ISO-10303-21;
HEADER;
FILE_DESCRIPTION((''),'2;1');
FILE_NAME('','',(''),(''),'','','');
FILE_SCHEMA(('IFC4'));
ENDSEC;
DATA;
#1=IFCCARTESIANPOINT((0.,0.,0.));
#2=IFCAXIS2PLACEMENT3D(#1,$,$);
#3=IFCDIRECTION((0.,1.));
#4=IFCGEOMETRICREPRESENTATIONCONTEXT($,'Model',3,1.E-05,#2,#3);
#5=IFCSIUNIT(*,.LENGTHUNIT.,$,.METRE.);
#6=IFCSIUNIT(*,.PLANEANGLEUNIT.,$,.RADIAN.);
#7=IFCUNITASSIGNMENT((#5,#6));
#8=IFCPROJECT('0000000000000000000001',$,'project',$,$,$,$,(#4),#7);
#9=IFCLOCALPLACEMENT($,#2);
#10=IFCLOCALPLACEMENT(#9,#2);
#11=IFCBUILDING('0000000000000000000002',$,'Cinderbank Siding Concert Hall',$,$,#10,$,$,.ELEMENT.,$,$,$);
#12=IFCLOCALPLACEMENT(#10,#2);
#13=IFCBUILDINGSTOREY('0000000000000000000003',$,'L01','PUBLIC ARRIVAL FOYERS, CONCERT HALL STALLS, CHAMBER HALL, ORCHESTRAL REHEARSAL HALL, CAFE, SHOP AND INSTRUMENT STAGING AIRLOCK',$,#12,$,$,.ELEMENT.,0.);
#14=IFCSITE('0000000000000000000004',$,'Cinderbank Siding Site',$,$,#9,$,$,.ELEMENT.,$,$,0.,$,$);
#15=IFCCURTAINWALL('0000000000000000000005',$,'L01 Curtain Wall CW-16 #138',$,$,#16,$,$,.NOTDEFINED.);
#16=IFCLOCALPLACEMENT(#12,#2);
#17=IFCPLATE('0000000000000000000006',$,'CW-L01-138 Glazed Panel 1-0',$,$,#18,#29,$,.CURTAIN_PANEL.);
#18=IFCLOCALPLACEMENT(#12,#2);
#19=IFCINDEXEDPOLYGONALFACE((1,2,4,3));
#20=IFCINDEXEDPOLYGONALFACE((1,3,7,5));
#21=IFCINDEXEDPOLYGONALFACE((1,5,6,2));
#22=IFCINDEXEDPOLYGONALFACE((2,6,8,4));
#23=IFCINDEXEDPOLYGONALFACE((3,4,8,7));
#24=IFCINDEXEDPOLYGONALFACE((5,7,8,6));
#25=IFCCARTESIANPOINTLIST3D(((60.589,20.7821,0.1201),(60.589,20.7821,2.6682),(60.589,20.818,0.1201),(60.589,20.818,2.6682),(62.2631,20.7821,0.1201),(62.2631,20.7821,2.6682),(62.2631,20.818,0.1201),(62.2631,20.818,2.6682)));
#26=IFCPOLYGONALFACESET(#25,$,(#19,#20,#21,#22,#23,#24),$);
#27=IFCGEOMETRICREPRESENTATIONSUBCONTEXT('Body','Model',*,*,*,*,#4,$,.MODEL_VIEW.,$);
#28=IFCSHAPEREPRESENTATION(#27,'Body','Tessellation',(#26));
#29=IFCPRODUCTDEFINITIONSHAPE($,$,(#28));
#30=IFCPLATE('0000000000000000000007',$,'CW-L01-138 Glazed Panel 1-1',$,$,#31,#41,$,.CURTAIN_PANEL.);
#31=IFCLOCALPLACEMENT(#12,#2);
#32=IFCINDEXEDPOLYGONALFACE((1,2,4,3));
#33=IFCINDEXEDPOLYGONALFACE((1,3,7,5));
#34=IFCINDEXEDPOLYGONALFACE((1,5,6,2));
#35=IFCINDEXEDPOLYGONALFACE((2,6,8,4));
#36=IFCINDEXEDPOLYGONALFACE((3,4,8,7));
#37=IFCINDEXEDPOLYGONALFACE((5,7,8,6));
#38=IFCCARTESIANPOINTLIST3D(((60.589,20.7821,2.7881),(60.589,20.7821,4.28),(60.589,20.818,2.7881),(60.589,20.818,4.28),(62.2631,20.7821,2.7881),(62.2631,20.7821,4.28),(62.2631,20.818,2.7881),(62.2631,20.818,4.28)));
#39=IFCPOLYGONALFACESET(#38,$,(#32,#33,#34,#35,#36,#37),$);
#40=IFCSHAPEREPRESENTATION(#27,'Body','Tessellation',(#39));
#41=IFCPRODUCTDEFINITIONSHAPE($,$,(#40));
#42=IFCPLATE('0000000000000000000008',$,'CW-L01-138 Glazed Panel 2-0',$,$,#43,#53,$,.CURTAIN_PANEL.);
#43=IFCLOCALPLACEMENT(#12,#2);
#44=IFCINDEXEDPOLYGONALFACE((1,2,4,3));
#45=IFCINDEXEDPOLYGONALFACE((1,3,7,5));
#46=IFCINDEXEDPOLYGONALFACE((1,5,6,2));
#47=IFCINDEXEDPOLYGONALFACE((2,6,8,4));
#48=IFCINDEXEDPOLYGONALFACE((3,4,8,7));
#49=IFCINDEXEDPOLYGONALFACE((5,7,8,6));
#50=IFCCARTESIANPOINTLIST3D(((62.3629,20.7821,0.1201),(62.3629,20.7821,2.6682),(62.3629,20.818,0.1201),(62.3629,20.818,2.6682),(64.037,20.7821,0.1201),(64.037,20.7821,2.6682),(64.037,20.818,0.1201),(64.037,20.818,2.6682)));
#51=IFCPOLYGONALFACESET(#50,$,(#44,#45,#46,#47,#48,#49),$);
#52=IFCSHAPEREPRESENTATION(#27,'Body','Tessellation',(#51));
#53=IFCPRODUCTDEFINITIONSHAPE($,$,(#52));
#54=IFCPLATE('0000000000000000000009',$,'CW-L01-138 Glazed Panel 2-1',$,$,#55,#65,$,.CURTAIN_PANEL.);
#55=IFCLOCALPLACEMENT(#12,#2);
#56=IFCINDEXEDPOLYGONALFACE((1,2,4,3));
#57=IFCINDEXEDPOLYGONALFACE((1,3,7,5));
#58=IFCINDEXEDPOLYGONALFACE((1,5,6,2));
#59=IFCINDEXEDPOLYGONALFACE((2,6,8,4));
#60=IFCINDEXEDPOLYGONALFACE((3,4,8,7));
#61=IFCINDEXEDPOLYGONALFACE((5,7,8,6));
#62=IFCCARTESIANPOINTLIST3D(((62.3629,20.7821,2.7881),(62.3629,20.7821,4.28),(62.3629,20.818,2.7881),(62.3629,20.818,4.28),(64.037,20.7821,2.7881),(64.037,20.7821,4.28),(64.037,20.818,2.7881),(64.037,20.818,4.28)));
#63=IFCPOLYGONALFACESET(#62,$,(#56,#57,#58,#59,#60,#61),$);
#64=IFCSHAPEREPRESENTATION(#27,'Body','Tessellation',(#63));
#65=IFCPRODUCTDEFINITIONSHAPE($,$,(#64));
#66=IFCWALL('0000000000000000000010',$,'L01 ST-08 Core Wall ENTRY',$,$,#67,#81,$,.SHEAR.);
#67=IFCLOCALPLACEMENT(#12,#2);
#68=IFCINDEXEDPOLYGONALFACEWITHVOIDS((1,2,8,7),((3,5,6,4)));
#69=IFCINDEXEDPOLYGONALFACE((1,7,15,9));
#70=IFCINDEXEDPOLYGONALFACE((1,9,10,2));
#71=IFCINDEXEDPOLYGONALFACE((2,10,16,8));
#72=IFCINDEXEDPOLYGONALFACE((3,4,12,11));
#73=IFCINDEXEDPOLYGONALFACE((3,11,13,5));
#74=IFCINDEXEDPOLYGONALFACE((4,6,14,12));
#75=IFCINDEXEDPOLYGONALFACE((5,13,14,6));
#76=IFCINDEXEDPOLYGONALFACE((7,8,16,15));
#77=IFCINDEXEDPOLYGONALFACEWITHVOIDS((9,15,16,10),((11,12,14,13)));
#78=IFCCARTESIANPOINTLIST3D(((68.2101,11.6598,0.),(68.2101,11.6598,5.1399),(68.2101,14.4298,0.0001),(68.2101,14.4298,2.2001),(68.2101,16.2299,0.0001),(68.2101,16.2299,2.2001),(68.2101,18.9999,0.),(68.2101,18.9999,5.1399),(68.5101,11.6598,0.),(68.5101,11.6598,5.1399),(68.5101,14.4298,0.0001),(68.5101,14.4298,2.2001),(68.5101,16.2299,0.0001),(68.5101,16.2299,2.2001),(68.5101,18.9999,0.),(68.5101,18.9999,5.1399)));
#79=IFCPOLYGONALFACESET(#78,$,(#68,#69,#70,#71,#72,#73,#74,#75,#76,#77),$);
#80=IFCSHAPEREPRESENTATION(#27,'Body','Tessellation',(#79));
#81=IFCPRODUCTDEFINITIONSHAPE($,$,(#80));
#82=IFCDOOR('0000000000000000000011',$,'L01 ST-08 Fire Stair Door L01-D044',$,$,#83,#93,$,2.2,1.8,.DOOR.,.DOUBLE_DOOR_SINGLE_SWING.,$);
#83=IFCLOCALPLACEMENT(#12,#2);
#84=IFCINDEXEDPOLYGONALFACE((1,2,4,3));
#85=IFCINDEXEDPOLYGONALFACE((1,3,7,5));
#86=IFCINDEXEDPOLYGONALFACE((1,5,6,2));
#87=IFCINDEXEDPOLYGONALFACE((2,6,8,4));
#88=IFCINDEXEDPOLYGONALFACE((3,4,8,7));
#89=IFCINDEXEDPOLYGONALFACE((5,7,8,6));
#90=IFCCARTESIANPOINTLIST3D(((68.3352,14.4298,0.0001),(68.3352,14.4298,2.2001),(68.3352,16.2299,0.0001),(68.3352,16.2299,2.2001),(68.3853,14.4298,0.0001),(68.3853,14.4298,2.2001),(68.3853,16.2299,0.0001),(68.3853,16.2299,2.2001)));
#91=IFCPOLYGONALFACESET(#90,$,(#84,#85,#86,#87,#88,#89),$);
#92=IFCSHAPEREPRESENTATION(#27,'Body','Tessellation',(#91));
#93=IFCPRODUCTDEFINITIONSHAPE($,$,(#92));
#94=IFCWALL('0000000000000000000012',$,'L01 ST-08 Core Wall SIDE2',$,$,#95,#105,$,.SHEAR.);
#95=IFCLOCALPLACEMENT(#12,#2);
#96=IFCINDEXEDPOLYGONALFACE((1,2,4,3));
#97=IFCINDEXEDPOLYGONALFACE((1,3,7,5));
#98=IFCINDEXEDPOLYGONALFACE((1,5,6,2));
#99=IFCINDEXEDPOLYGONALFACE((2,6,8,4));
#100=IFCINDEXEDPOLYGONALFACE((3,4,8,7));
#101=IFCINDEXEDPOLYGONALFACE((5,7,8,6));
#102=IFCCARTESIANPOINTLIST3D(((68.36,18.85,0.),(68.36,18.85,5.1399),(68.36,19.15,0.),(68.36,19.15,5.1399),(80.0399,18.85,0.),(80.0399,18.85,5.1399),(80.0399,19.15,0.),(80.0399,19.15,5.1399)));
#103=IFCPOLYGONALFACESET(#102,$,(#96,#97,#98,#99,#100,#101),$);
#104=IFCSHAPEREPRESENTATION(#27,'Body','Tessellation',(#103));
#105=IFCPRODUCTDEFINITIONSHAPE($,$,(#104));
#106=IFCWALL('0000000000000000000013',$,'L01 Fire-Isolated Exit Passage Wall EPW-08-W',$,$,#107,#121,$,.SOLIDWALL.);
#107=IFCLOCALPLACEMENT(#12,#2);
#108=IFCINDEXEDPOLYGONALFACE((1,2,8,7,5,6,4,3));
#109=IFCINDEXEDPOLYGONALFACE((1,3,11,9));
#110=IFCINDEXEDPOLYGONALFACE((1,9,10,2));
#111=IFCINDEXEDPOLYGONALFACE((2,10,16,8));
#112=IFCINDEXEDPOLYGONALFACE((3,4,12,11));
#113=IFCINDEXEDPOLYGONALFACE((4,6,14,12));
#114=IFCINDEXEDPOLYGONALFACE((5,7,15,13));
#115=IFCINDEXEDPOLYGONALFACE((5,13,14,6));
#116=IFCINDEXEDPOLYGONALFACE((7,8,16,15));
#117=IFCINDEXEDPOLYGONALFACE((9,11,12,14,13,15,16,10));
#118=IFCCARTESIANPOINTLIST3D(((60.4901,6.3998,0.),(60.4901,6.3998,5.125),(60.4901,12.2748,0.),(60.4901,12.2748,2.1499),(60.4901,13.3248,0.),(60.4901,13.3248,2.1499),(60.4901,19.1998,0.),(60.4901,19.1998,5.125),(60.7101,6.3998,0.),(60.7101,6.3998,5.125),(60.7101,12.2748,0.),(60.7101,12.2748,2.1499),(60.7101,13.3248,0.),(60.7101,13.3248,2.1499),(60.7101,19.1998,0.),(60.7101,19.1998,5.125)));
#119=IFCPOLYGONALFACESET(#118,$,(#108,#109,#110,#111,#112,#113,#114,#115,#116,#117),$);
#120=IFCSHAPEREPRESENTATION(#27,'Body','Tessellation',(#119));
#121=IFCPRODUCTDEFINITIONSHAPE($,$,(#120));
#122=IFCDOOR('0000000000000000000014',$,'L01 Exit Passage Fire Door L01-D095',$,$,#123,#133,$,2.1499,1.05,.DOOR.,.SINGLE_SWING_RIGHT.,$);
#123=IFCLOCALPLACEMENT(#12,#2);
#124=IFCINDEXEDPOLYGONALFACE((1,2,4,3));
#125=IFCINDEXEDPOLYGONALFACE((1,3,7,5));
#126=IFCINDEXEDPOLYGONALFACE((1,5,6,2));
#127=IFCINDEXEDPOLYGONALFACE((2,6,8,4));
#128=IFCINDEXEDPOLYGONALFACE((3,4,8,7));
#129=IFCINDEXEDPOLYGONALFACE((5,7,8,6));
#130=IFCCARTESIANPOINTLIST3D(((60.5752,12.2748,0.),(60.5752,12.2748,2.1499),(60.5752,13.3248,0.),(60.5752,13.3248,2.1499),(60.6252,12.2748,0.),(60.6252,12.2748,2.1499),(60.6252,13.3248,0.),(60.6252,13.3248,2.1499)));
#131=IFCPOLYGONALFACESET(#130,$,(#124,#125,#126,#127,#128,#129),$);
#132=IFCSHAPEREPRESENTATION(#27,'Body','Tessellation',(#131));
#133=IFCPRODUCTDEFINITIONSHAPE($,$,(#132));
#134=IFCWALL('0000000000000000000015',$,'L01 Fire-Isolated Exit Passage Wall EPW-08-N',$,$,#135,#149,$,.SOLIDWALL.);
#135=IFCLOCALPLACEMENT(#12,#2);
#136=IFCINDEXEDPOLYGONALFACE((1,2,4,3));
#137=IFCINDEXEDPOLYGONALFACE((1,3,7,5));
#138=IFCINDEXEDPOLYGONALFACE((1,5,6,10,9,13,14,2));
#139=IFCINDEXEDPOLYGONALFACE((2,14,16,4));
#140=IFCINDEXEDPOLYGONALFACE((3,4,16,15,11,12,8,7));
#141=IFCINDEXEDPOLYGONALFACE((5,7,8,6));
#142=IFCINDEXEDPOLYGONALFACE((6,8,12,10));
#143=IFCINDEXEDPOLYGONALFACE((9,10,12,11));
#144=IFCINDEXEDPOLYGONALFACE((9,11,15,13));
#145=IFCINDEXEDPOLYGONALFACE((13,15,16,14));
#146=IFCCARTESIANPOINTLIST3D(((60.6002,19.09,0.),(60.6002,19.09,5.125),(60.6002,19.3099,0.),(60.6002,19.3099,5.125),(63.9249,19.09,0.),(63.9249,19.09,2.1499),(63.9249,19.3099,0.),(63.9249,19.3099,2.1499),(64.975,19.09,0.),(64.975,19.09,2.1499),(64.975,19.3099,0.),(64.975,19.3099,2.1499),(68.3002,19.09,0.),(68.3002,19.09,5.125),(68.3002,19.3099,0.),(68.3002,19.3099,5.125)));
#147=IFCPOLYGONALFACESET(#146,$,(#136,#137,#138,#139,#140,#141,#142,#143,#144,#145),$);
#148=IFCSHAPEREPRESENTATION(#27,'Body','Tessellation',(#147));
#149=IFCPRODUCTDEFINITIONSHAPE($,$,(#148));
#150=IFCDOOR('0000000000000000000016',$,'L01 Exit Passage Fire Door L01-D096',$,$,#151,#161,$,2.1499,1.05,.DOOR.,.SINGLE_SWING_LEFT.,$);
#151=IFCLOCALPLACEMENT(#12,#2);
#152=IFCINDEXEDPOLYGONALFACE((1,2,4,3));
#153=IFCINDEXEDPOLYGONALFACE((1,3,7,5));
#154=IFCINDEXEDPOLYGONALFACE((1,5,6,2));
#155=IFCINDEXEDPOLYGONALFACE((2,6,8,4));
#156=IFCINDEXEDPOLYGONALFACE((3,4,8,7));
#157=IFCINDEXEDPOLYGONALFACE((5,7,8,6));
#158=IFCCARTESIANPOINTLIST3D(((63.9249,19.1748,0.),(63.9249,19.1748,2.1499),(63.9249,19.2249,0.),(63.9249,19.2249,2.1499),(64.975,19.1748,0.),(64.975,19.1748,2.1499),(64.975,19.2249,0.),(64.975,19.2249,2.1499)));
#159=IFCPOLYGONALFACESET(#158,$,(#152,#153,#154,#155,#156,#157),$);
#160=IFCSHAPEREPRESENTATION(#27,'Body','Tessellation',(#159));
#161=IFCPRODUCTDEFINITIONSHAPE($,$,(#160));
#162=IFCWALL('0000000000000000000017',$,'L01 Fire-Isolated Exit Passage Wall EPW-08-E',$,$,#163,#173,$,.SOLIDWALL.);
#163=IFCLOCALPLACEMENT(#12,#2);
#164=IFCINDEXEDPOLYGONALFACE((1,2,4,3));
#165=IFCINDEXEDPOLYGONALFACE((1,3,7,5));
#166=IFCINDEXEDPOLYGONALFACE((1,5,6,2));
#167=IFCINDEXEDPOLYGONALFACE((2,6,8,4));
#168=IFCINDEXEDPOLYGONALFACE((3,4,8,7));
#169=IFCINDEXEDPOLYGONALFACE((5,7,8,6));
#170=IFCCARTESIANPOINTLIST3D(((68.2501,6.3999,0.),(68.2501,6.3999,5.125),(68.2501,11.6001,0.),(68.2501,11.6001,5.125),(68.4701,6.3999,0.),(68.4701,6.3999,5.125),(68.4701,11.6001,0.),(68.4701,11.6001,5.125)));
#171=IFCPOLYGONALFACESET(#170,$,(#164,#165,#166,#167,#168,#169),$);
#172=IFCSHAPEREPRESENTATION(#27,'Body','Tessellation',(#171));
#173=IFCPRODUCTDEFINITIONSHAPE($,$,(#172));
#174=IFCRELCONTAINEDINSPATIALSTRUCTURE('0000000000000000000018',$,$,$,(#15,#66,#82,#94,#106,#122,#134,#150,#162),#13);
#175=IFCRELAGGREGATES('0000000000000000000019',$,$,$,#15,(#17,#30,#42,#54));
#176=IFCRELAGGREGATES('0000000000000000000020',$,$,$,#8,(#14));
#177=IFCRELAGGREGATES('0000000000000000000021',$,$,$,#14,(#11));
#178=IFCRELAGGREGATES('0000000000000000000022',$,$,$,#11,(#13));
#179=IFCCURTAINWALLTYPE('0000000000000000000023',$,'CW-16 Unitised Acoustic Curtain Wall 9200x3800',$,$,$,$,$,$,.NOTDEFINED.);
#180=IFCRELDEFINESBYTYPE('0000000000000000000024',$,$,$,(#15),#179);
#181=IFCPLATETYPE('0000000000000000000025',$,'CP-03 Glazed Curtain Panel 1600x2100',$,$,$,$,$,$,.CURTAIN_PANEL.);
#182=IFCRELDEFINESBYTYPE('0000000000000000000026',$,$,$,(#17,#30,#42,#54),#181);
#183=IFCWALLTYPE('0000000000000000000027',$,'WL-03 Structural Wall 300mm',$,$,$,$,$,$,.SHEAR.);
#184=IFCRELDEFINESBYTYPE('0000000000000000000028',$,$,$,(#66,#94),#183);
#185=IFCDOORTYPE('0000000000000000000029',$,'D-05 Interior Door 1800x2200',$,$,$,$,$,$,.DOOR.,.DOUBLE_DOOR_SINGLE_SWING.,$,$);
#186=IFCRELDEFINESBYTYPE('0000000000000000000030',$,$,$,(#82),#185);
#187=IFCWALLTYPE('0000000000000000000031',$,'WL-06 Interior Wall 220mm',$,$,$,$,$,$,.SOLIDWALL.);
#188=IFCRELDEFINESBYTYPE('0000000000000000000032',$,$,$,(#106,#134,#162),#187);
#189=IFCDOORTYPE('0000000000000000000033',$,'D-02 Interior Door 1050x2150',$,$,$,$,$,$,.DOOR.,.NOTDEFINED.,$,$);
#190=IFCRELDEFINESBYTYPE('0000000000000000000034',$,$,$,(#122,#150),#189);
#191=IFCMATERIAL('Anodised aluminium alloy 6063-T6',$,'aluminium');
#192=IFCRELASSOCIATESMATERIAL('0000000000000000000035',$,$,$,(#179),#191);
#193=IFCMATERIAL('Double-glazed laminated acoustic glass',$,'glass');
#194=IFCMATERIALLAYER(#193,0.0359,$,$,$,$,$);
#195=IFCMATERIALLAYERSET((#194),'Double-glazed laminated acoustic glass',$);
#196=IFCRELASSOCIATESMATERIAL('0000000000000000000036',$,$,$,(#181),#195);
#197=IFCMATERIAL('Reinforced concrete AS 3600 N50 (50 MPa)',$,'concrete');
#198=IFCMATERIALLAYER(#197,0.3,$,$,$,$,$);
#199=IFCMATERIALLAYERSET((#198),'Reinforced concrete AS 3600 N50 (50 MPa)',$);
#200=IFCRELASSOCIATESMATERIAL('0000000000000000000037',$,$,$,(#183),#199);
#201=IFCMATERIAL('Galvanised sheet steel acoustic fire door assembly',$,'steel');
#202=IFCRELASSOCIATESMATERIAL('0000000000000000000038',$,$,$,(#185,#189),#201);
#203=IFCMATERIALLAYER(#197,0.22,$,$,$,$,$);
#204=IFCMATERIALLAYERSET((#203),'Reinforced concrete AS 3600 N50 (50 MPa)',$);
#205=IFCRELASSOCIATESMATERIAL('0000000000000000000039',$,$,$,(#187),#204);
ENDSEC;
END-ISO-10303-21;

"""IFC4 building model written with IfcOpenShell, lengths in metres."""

from ifc_helpers import new_model, si_unit, direction, frame, frame_2d, origin, origin_2d, place, context, subcontext, project, spatial, rectangle, extrude, material, layer, layer_set, type_object, element, fill, aggregate, save


model = new_model("IFC4")

# Units and contexts
model_context = context("Model", 3, precision=1e-05, world=origin(), true_north=direction((0.0, 1.0)))
body_context = subcontext(model_context, "Body", "Model", "MODEL_VIEW")
ifc_project = project(units=[si_unit("LENGTHUNIT", "METRE"), si_unit("PLANEANGLEUNIT", "RADIAN")], contexts=[model_context])

# Site, building, storey
site_placement = place(None, origin())
site = spatial("IfcSite", under=ifc_project, at=site_placement, Name="Cinderbank Siding Site", CompositionType="ELEMENT", RefElevation=0.0)
building_placement = place(site_placement, origin())
building = spatial("IfcBuilding", under=site, at=building_placement, Name="Cinderbank Siding Concert Hall", CompositionType="ELEMENT")
storey_placement = place(building_placement, origin())
storey = spatial("IfcBuildingStorey", under=building, at=storey_placement, Name="L01", Description="PUBLIC ARRIVAL FOYERS, CONCERT HALL STALLS, CHAMBER HALL, ORCHESTRAL REHEARSAL HALL, CAFE, SHOP AND INSTRUMENT STAGING AIRLOCK", CompositionType="ELEMENT", Elevation=0.0)

# Shared definitions
ifc_material_1 = material(Name="Reinforced concrete AS 3600 N50 (50 MPa)", Category="concrete")

# Curtain wall, plates
ifc_material_2 = material(Name="Anodised aluminium alloy 6063-T6", Category="aluminium")
curtain_wall_type = type_object("IfcCurtainWallType", Name="CW-16 Unitised Acoustic Curtain Wall 9200x3800", PredefinedType="NOTDEFINED", material=ifc_material_2)
curtain_wall_placement = place(storey_placement, origin())
curtain_wall = element("IfcCurtainWall", 1, at=curtain_wall_placement, inside=storey, type_object=curtain_wall_type, Name="L01 Curtain Wall CW-16 #138", PredefinedType="NOTDEFINED")
ifc_material_3 = material(Name="Double-glazed laminated acoustic glass", Category="glass")
ifc_layer_1 = layer(ifc_material_3, 0.0359)
ifc_layer_set_1 = layer_set([ifc_layer_1], Name="Double-glazed laminated acoustic glass")
plate_type = type_object("IfcPlateType", Name="CP-03 Glazed Curtain Panel 1600x2100", PredefinedType="CURTAIN_PANEL", material=ifc_layer_set_1)
plate_1_placement = place(storey_placement, frame((61.426, 20.8, 0.1201), z_axis=(0.0, 0.0, 1.0), x_axis=(1.0, 0.0, 0.0)))
plate_1 = element("IfcPlate", 2, at=plate_1_placement, type_object=plate_type, Name="CW-L01-138 Glazed Panel 1-0", PredefinedType="CURTAIN_PANEL", context=body_context, shape_type="SweptSolid", body=[
    extrude(rectangle(XDim=1.6741, YDim=0.0359, at=origin_2d()), origin(), (0.0, 0.0, 1.0), 2.5481),
])
plate_2_placement = place(storey_placement, frame((61.426, 20.8, 2.7881), z_axis=(0.0, 0.0, 1.0), x_axis=(1.0, 0.0, 0.0)))
plate_2 = element("IfcPlate", 3, at=plate_2_placement, type_object=plate_type, Name="CW-L01-138 Glazed Panel 1-1", PredefinedType="CURTAIN_PANEL", context=body_context, shape_type="SweptSolid", body=[
    extrude(rectangle(XDim=1.6741, YDim=0.0359, at=origin_2d()), origin(), (0.0, 0.0, 1.0), 1.4919),
])
plate_3_placement = place(storey_placement, frame((63.2, 20.8, 0.1201), z_axis=(0.0, 0.0, 1.0), x_axis=(1.0, 0.0, 0.0)))
plate_3 = element("IfcPlate", 4, at=plate_3_placement, type_object=plate_type, Name="CW-L01-138 Glazed Panel 2-0", PredefinedType="CURTAIN_PANEL", context=body_context, shape_type="SweptSolid", body=[
    extrude(rectangle(XDim=1.6741, YDim=0.0359, at=origin_2d()), origin(), (0.0, 0.0, 1.0), 2.5481),
])
plate_4_placement = place(storey_placement, frame((63.2, 20.8, 2.7881), z_axis=(0.0, 0.0, 1.0), x_axis=(1.0, 0.0, 0.0)))
plate_4 = element("IfcPlate", 5, at=plate_4_placement, type_object=plate_type, Name="CW-L01-138 Glazed Panel 2-1", PredefinedType="CURTAIN_PANEL", context=body_context, shape_type="SweptSolid", body=[
    extrude(rectangle(XDim=1.6741, YDim=0.0359, at=origin_2d()), origin(), (0.0, 0.0, 1.0), 1.4919),
])
aggregate(curtain_wall, [plate_1, plate_2, plate_3, plate_4])

# Wall, opening, door
ifc_layer_2 = layer(ifc_material_1, 0.3)
ifc_layer_set_2 = layer_set([ifc_layer_2], Name="Reinforced concrete AS 3600 N50 (50 MPa)")
wall_type_1 = type_object("IfcWallType", Name="WL-03 Structural Wall 300mm", PredefinedType="SHEAR", material=ifc_layer_set_2)
wall_1_placement = place(storey_placement, frame((68.3601, 11.6599, 0.0), z_axis=(0.0, 0.0, 1.0), x_axis=(0.0, 1.0, 0.0)))
wall_1 = element("IfcWall", 6, at=wall_1_placement, inside=storey, type_object=wall_type_1, Name="L01 ST-08 Core Wall ENTRY", PredefinedType="SHEAR", context=body_context, shape_type="SweptSolid", body=[
    extrude(rectangle(XDim=7.3401, YDim=0.3, at=frame_2d((3.6699, 0.0))), origin(), (0.0, 0.0, 1.0), 5.1399),
])
opening_1_placement = place(wall_1_placement, frame((2.77, 0.0, 0.0)))
opening_1 = element("IfcOpeningElement", 7, at=opening_1_placement, cuts=wall_1, PredefinedType="OPENING", context=body_context, shape_type="SweptSolid", body=[
    extrude(rectangle(XDim=1.8, YDim=2.2, at=frame_2d((0.8999, 1.1001))), frame((0.0, 0.1621, 0.0), z_axis=(0.0, -1.0, 0.0), x_axis=(1.0, 0.0, 0.0)), (0.0, 0.0, 1.0), 0.324),
])
ifc_material_4 = material(Name="Galvanised sheet steel acoustic fire door assembly", Category="steel")
door_type_1 = type_object("IfcDoorType", Name="D-05 Interior Door 1800x2200", OperationType="DOUBLE_DOOR_SINGLE_SWING", PredefinedType="DOOR", material=ifc_material_4)
door_1_placement = place(opening_1_placement, origin())
door_1 = element("IfcDoor", 8, at=door_1_placement, inside=storey, type_object=door_type_1, Name="L01 ST-08 Fire Stair Door L01-D044", OperationType="DOUBLE_DOOR_SINGLE_SWING", OverallHeight=2.2, OverallWidth=1.8, PredefinedType="DOOR", context=body_context, shape_type="SweptSolid", body=[
    extrude(rectangle(XDim=1.8, YDim=2.2, at=frame_2d((0.8999, 1.1001))), frame((0.0, 0.0249, 0.0), z_axis=(0.0, -1.0, 0.0), x_axis=(1.0, 0.0, 0.0)), (0.0, 0.0, 1.0), 0.05),
])
fill(opening_1, door_1)

# Wall
wall_2_placement = place(storey_placement, frame((68.3601, 19.0, 0.0), z_axis=(0.0, 0.0, 1.0), x_axis=(1.0, 0.0, 0.0)))
element("IfcWall", 9, at=wall_2_placement, inside=storey, type_object=wall_type_1, Name="L01 ST-08 Core Wall SIDE2", PredefinedType="SHEAR", context=body_context, shape_type="SweptSolid", body=[
    extrude(rectangle(XDim=11.6799, YDim=0.3, at=frame_2d((5.8398, 0.0))), origin(), (0.0, 0.0, 1.0), 5.1399),
])

# Walls, openings, doors
ifc_layer_3 = layer(ifc_material_1, 0.22)
ifc_layer_set_3 = layer_set([ifc_layer_3], Name="Reinforced concrete AS 3600 N50 (50 MPa)")
wall_type_2 = type_object("IfcWallType", Name="WL-06 Interior Wall 220mm", PredefinedType="SOLIDWALL", material=ifc_layer_set_3)
wall_3_placement = place(storey_placement, frame((60.6001, 6.3999, 0.0), z_axis=(0.0, 0.0, 1.0), x_axis=(0.0, 1.0, 0.0)))
wall_3 = element("IfcWall", 10, at=wall_3_placement, inside=storey, type_object=wall_type_2, Name="L01 Fire-Isolated Exit Passage Wall EPW-08-W", PredefinedType="SOLIDWALL", context=body_context, shape_type="SweptSolid", body=[
    extrude(rectangle(XDim=12.8, YDim=0.22, at=frame_2d((6.3999, 0.0))), origin(), (0.0, 0.0, 1.0), 5.125),
])
opening_2_placement = place(wall_3_placement, frame((5.875, 0.0, 0.0)))
opening_2 = element("IfcOpeningElement", 11, at=opening_2_placement, cuts=wall_3, PredefinedType="OPENING", context=body_context, shape_type="SweptSolid", body=[
    extrude(rectangle(XDim=1.05, YDim=2.1499, at=frame_2d((0.5249, 1.075))), frame((0.0, 0.1221, 0.0), z_axis=(0.0, -1.0, 0.0), x_axis=(1.0, 0.0, 0.0)), (0.0, 0.0, 1.0), 0.2439),
])
door_type_2 = type_object("IfcDoorType", Name="D-02 Interior Door 1050x2150", OperationType="NOTDEFINED", PredefinedType="DOOR", material=ifc_material_4)
door_2_placement = place(opening_2_placement, origin())
door_2 = element("IfcDoor", 12, at=door_2_placement, inside=storey, type_object=door_type_2, Name="L01 Exit Passage Fire Door L01-D095", OperationType="SINGLE_SWING_RIGHT", OverallHeight=2.1499, OverallWidth=1.05, PredefinedType="DOOR", context=body_context, shape_type="SweptSolid", body=[
    extrude(rectangle(XDim=1.05, YDim=2.1499, at=frame_2d((0.5249, 1.075))), frame((0.0, 0.0249, 0.0), z_axis=(0.0, -1.0, 0.0), x_axis=(1.0, 0.0, 0.0)), (0.0, 0.0, 1.0), 0.05),
])
fill(opening_2, door_2)
wall_4_placement = place(storey_placement, frame((60.6001, 19.2, 0.0), z_axis=(0.0, 0.0, 1.0), x_axis=(1.0, 0.0, 0.0)))
wall_4 = element("IfcWall", 13, at=wall_4_placement, inside=storey, type_object=wall_type_2, Name="L01 Fire-Isolated Exit Passage Wall EPW-08-N", PredefinedType="SOLIDWALL", context=body_context, shape_type="SweptSolid", body=[
    extrude(rectangle(XDim=7.7, YDim=0.22, at=frame_2d((3.8501, 0.0))), origin(), (0.0, 0.0, 1.0), 5.125),
])
opening_3_placement = place(wall_4_placement, frame((3.325, 0.0, 0.0)))
opening_3 = element("IfcOpeningElement", 14, at=opening_3_placement, cuts=wall_4, PredefinedType="OPENING", context=body_context, shape_type="SweptSolid", body=[
    extrude(rectangle(XDim=1.05, YDim=2.1499, at=frame_2d((0.5249, 1.075))), frame((0.0, 0.1221, 0.0), z_axis=(0.0, -1.0, 0.0), x_axis=(1.0, 0.0, 0.0)), (0.0, 0.0, 1.0), 0.2439),
])
door_3_placement = place(opening_3_placement, origin())
door_3 = element("IfcDoor", 15, at=door_3_placement, inside=storey, type_object=door_type_2, Name="L01 Exit Passage Fire Door L01-D096", OperationType="SINGLE_SWING_LEFT", OverallHeight=2.1499, OverallWidth=1.05, PredefinedType="DOOR", context=body_context, shape_type="SweptSolid", body=[
    extrude(rectangle(XDim=1.05, YDim=2.1499, at=frame_2d((0.5249, 1.075))), frame((0.0, 0.0249, 0.0), z_axis=(0.0, -1.0, 0.0), x_axis=(1.0, 0.0, 0.0)), (0.0, 0.0, 1.0), 0.05),
])
fill(opening_3, door_3)

# Wall
wall_5_placement = place(storey_placement, frame((68.3601, 6.3999, 0.0), z_axis=(0.0, 0.0, 1.0), x_axis=(0.0, 1.0, 0.0)))
element("IfcWall", 16, at=wall_5_placement, inside=storey, type_object=wall_type_2, Name="L01 Fire-Isolated Exit Passage Wall EPW-08-E", PredefinedType="SOLIDWALL", context=body_context, shape_type="SweptSolid", body=[
    extrude(rectangle(XDim=5.2002, YDim=0.22, at=frame_2d((2.6001, 0.0))), origin(), (0.0, 0.0, 1.0), 5.125),
])

save(model, "model.ifc")
